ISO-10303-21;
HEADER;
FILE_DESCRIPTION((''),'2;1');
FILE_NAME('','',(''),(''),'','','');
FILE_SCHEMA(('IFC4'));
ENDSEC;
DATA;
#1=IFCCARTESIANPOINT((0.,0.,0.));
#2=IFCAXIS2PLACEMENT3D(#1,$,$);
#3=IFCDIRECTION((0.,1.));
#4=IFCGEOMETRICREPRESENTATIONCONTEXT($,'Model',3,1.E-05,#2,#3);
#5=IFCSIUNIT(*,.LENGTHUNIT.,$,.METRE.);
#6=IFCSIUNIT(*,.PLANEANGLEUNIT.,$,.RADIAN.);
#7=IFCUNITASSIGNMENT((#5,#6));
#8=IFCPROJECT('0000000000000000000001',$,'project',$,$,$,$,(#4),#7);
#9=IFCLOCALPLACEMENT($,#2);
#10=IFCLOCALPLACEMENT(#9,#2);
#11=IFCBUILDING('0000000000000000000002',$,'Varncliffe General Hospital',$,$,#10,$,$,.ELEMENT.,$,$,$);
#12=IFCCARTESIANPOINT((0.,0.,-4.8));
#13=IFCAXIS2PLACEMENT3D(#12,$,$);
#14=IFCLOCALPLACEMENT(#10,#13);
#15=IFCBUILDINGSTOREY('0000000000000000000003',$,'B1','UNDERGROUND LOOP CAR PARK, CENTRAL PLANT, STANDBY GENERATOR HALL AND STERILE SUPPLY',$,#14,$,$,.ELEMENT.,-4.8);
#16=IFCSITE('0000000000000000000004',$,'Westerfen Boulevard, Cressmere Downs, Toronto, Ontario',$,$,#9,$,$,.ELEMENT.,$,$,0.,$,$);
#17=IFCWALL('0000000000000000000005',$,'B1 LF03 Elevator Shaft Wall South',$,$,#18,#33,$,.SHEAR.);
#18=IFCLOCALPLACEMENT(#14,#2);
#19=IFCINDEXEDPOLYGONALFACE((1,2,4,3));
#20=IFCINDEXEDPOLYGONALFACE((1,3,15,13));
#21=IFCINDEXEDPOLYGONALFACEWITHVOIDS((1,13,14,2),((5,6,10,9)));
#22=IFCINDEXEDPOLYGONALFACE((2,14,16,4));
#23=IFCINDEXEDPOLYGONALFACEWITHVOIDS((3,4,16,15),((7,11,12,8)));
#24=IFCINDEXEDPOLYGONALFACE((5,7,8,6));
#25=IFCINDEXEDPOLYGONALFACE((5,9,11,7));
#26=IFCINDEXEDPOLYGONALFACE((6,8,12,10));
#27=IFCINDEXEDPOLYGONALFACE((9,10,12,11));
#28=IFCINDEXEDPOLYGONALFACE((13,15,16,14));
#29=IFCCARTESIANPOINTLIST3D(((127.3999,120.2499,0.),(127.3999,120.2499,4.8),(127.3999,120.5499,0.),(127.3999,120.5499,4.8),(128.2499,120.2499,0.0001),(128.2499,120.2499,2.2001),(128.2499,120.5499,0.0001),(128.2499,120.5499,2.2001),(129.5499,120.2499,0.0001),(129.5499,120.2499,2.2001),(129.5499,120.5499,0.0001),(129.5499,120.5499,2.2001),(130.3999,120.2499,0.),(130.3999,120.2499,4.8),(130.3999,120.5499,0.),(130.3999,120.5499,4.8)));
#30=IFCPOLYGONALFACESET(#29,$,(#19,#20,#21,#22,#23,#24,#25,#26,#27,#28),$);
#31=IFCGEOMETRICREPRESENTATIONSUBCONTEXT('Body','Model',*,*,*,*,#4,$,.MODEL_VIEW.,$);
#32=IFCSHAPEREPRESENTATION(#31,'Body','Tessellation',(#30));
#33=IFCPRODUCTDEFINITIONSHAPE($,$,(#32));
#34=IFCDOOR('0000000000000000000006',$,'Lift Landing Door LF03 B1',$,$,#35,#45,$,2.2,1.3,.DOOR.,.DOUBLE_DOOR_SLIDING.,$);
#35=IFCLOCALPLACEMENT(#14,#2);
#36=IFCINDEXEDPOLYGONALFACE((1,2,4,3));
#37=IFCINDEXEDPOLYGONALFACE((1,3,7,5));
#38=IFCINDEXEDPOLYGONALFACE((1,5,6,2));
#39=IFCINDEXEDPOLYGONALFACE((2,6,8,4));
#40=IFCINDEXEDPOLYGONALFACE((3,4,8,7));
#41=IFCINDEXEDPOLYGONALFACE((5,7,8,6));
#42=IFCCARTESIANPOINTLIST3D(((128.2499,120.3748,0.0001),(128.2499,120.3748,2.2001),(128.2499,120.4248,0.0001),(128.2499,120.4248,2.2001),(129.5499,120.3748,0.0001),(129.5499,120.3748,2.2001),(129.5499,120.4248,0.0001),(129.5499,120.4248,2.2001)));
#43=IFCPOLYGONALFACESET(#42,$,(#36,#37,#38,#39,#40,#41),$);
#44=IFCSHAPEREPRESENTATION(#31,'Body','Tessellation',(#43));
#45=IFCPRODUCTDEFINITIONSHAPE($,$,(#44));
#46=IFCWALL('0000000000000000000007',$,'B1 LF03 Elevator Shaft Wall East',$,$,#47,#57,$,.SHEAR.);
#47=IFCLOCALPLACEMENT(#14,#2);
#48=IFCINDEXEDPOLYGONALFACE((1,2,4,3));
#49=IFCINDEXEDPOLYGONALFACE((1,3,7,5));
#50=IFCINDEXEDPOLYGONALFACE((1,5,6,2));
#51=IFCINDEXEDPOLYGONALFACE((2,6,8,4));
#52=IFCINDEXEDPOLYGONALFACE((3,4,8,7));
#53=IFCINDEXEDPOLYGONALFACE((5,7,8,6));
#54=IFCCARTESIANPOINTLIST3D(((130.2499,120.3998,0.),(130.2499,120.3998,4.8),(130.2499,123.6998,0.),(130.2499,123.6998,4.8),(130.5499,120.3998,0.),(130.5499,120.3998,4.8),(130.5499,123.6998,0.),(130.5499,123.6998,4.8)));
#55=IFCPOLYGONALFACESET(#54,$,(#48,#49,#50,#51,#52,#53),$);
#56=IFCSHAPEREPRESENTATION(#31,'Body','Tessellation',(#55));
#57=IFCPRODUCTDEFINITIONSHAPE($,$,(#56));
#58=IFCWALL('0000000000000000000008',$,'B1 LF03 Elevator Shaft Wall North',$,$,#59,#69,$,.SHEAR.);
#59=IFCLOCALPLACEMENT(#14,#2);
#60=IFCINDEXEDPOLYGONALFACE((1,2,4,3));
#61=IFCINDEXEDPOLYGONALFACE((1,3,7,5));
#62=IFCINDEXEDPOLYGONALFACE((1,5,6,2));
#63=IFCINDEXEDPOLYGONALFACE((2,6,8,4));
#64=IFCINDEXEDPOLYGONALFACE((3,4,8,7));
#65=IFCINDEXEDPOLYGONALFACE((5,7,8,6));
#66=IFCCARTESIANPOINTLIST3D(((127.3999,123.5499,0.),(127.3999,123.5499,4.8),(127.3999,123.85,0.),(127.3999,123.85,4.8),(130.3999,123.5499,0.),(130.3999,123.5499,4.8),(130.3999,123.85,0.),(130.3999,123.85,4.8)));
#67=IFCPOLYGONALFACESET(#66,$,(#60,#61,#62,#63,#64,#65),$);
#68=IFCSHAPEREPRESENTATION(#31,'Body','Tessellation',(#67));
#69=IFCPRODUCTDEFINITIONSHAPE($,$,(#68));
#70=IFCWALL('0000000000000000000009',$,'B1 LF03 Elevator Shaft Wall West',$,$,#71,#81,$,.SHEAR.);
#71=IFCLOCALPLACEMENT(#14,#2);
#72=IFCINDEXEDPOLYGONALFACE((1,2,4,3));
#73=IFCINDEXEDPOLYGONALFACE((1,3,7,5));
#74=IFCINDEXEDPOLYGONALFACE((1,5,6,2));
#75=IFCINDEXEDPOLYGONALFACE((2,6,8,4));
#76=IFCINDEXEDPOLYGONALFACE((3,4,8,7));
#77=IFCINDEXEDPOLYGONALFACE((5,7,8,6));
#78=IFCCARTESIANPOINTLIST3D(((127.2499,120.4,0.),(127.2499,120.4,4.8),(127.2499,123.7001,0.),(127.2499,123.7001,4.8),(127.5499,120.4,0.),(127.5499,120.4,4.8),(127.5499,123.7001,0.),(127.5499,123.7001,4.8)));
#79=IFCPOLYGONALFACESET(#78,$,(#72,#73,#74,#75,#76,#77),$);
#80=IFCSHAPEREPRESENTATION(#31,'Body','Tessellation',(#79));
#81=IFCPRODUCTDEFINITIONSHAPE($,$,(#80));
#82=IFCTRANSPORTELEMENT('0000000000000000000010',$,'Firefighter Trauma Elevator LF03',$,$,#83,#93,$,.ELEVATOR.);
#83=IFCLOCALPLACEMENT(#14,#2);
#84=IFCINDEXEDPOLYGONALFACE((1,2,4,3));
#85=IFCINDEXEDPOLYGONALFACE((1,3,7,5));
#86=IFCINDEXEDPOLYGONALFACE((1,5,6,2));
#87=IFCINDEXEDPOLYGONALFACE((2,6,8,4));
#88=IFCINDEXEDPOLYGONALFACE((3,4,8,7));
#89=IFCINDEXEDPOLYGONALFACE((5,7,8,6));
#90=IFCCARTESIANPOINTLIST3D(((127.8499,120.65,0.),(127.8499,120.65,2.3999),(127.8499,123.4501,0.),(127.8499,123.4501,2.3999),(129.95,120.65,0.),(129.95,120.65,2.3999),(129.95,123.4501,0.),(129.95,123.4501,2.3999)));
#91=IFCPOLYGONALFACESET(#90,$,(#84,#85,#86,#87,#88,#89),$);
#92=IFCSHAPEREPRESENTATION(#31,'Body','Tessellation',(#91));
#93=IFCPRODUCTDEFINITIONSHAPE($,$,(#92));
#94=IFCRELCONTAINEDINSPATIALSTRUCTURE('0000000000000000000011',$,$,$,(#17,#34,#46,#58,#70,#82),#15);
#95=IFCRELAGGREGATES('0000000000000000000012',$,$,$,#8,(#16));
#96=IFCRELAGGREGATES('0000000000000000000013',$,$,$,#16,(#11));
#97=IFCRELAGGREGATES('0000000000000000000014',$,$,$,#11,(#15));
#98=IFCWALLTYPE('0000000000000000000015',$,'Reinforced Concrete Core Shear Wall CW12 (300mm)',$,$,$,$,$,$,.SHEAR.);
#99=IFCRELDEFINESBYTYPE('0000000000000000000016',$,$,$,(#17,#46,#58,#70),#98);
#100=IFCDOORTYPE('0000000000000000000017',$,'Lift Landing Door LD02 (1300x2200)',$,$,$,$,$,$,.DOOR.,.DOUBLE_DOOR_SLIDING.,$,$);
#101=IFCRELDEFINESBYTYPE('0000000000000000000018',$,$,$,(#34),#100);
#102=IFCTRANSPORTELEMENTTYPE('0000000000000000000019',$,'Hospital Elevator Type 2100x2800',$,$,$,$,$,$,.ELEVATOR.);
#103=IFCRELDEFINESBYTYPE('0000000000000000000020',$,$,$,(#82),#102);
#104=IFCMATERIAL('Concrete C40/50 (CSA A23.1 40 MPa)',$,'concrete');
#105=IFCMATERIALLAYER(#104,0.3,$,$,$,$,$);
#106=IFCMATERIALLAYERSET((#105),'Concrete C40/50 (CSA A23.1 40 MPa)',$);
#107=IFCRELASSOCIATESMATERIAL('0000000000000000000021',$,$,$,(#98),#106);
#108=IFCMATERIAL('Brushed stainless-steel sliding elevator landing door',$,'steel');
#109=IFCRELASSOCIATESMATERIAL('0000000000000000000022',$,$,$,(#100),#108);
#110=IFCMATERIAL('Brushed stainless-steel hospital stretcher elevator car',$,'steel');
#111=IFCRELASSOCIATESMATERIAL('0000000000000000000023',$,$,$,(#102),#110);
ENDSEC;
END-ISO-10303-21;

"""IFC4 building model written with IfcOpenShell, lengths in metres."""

from ifc_helpers import new_model, si_unit, direction, frame, frame_2d, origin, origin_2d, place, context, subcontext, project, spatial, rectangle, extrude, material, layer, layer_set, type_object, element, fill, save


model = new_model("IFC4")

# Units and contexts
model_context = context("Model", 3, precision=1e-05, world=origin(), true_north=direction((0.0, 1.0)))
body_context = subcontext(model_context, "Body", "Model", "MODEL_VIEW")
ifc_project = project(units=[si_unit("LENGTHUNIT", "METRE"), si_unit("PLANEANGLEUNIT", "RADIAN")], contexts=[model_context])

# Site, building, storey
site_placement = place(None, origin())
site = spatial("IfcSite", under=ifc_project, at=site_placement, Name="Westerfen Boulevard, Cressmere Downs, Toronto, Ontario", CompositionType="ELEMENT", RefElevation=0.0)
building_placement = place(site_placement, origin())
building = spatial("IfcBuilding", under=site, at=building_placement, Name="Varncliffe General Hospital", CompositionType="ELEMENT")
storey_placement = place(building_placement, frame((0.0, 0.0, -4.8)))
storey = spatial("IfcBuildingStorey", under=building, at=storey_placement, Name="B1", Description="UNDERGROUND LOOP CAR PARK, CENTRAL PLANT, STANDBY GENERATOR HALL AND STERILE SUPPLY", CompositionType="ELEMENT", Elevation=-4.8)

# Shared definitions
ifc_material_1 = material(Name="Concrete C40/50 (CSA A23.1 40 MPa)", Category="concrete")

# Wall, opening, door
ifc_layer_1 = layer(ifc_material_1, 0.3)
ifc_layer_set_1 = layer_set([ifc_layer_1], Name="Concrete C40/50 (CSA A23.1 40 MPa)")
wall_type_1 = type_object("IfcWallType", Name="Reinforced Concrete Core Shear Wall CW12 (300mm)", PredefinedType="SHEAR", material=ifc_layer_set_1)
wall_1_placement = place(storey_placement, frame((127.3999, 120.3999, 0.0), z_axis=(0.0, 0.0, 1.0), x_axis=(1.0, 0.0, 0.0)))
wall_1 = element("IfcWall", 1, at=wall_1_placement, inside=storey, type_object=wall_type_1, Name="B1 LF03 Elevator Shaft Wall South", PredefinedType="SHEAR", context=body_context, shape_type="SweptSolid", body=[
    extrude(rectangle(XDim=3.0, YDim=0.3, at=frame_2d((1.5, 0.0))), origin(), (0.0, 0.0, 1.0), 4.8),
])
opening_placement = place(wall_1_placement, frame((0.8501, 0.0, 0.0)))
opening = element("IfcOpeningElement", 2, at=opening_placement, cuts=wall_1, PredefinedType="OPENING", context=body_context, shape_type="SweptSolid", body=[
    extrude(rectangle(XDim=1.3, YDim=2.2, at=frame_2d((0.6499, 1.1001))), frame((0.0, 0.1602, 0.0), z_axis=(0.0, -1.0, 0.0), x_axis=(1.0, 0.0, 0.0)), (0.0, 0.0, 1.0), 0.3201),
])
ifc_material_2 = material(Name="Brushed stainless-steel sliding elevator landing door", Category="steel")
door_type = type_object("IfcDoorType", Name="Lift Landing Door LD02 (1300x2200)", OperationType="DOUBLE_DOOR_SLIDING", PredefinedType="DOOR", material=ifc_material_2)
door_placement = place(opening_placement, origin())
door = element("IfcDoor", 3, at=door_placement, inside=storey, type_object=door_type, Name="Lift Landing Door LF03 B1", OperationType="DOUBLE_DOOR_SLIDING", OverallHeight=2.2, OverallWidth=1.3, PredefinedType="DOOR", context=body_context, shape_type="SweptSolid", body=[
    extrude(rectangle(XDim=1.3, YDim=2.2, at=frame_2d((0.6499, 1.1001))), frame((0.0, 0.0249, 0.0), z_axis=(0.0, -1.0, 0.0), x_axis=(1.0, 0.0, 0.0)), (0.0, 0.0, 1.0), 0.05),
])
fill(opening, door)

# Walls
wall_2_placement = place(storey_placement, frame((130.3999, 120.3999, 0.0), z_axis=(0.0, 0.0, 1.0), x_axis=(0.0, 1.0, 0.0)))
element("IfcWall", 4, at=wall_2_placement, inside=storey, type_object=wall_type_1, Name="B1 LF03 Elevator Shaft Wall East", PredefinedType="SHEAR", context=body_context, shape_type="SweptSolid", body=[
    extrude(rectangle(XDim=3.3, YDim=0.3, at=frame_2d((1.6499, 0.0))), origin(), (0.0, 0.0, 1.0), 4.8),
])
wall_3_placement = place(storey_placement, frame((130.3999, 123.7, 0.0), z_axis=(0.0, 0.0, 1.0), x_axis=(-1.0, 0.0, 0.0)))
element("IfcWall", 5, at=wall_3_placement, inside=storey, type_object=wall_type_1, Name="B1 LF03 Elevator Shaft Wall North", PredefinedType="SHEAR", context=body_context, shape_type="SweptSolid", body=[
    extrude(rectangle(XDim=3.0, YDim=0.3, at=frame_2d((1.5, 0.0))), origin(), (0.0, 0.0, 1.0), 4.8),
])
wall_4_placement = place(storey_placement, frame((127.3999, 123.7, 0.0), z_axis=(0.0, 0.0, 1.0), x_axis=(0.0, -1.0, 0.0)))
element("IfcWall", 6, at=wall_4_placement, inside=storey, type_object=wall_type_1, Name="B1 LF03 Elevator Shaft Wall West", PredefinedType="SHEAR", context=body_context, shape_type="SweptSolid", body=[
    extrude(rectangle(XDim=3.3, YDim=0.3, at=frame_2d((1.6499, 0.0))), origin(), (0.0, 0.0, 1.0), 4.8),
])

# Transport element
ifc_material_3 = material(Name="Brushed stainless-steel hospital stretcher elevator car", Category="steel")
transport_element_type = type_object("IfcTransportElementType", Name="Hospital Elevator Type 2100x2800", PredefinedType="ELEVATOR", material=ifc_material_3)
transport_element_placement = place(storey_placement, frame((128.8999, 122.05, 0.0), z_axis=(0.0, 0.0, 1.0), x_axis=(1.0, 0.0, 0.0)))
element("IfcTransportElement", 7, at=transport_element_placement, inside=storey, type_object=transport_element_type, Name="Firefighter Trauma Elevator LF03", PredefinedType="ELEVATOR", context=body_context, shape_type="SweptSolid", body=[
    extrude(rectangle(XDim=2.1001, YDim=2.8, at=origin_2d()), origin(), (0.0, 0.0, 1.0), 2.3999),
])

save(model, "model.ifc")
